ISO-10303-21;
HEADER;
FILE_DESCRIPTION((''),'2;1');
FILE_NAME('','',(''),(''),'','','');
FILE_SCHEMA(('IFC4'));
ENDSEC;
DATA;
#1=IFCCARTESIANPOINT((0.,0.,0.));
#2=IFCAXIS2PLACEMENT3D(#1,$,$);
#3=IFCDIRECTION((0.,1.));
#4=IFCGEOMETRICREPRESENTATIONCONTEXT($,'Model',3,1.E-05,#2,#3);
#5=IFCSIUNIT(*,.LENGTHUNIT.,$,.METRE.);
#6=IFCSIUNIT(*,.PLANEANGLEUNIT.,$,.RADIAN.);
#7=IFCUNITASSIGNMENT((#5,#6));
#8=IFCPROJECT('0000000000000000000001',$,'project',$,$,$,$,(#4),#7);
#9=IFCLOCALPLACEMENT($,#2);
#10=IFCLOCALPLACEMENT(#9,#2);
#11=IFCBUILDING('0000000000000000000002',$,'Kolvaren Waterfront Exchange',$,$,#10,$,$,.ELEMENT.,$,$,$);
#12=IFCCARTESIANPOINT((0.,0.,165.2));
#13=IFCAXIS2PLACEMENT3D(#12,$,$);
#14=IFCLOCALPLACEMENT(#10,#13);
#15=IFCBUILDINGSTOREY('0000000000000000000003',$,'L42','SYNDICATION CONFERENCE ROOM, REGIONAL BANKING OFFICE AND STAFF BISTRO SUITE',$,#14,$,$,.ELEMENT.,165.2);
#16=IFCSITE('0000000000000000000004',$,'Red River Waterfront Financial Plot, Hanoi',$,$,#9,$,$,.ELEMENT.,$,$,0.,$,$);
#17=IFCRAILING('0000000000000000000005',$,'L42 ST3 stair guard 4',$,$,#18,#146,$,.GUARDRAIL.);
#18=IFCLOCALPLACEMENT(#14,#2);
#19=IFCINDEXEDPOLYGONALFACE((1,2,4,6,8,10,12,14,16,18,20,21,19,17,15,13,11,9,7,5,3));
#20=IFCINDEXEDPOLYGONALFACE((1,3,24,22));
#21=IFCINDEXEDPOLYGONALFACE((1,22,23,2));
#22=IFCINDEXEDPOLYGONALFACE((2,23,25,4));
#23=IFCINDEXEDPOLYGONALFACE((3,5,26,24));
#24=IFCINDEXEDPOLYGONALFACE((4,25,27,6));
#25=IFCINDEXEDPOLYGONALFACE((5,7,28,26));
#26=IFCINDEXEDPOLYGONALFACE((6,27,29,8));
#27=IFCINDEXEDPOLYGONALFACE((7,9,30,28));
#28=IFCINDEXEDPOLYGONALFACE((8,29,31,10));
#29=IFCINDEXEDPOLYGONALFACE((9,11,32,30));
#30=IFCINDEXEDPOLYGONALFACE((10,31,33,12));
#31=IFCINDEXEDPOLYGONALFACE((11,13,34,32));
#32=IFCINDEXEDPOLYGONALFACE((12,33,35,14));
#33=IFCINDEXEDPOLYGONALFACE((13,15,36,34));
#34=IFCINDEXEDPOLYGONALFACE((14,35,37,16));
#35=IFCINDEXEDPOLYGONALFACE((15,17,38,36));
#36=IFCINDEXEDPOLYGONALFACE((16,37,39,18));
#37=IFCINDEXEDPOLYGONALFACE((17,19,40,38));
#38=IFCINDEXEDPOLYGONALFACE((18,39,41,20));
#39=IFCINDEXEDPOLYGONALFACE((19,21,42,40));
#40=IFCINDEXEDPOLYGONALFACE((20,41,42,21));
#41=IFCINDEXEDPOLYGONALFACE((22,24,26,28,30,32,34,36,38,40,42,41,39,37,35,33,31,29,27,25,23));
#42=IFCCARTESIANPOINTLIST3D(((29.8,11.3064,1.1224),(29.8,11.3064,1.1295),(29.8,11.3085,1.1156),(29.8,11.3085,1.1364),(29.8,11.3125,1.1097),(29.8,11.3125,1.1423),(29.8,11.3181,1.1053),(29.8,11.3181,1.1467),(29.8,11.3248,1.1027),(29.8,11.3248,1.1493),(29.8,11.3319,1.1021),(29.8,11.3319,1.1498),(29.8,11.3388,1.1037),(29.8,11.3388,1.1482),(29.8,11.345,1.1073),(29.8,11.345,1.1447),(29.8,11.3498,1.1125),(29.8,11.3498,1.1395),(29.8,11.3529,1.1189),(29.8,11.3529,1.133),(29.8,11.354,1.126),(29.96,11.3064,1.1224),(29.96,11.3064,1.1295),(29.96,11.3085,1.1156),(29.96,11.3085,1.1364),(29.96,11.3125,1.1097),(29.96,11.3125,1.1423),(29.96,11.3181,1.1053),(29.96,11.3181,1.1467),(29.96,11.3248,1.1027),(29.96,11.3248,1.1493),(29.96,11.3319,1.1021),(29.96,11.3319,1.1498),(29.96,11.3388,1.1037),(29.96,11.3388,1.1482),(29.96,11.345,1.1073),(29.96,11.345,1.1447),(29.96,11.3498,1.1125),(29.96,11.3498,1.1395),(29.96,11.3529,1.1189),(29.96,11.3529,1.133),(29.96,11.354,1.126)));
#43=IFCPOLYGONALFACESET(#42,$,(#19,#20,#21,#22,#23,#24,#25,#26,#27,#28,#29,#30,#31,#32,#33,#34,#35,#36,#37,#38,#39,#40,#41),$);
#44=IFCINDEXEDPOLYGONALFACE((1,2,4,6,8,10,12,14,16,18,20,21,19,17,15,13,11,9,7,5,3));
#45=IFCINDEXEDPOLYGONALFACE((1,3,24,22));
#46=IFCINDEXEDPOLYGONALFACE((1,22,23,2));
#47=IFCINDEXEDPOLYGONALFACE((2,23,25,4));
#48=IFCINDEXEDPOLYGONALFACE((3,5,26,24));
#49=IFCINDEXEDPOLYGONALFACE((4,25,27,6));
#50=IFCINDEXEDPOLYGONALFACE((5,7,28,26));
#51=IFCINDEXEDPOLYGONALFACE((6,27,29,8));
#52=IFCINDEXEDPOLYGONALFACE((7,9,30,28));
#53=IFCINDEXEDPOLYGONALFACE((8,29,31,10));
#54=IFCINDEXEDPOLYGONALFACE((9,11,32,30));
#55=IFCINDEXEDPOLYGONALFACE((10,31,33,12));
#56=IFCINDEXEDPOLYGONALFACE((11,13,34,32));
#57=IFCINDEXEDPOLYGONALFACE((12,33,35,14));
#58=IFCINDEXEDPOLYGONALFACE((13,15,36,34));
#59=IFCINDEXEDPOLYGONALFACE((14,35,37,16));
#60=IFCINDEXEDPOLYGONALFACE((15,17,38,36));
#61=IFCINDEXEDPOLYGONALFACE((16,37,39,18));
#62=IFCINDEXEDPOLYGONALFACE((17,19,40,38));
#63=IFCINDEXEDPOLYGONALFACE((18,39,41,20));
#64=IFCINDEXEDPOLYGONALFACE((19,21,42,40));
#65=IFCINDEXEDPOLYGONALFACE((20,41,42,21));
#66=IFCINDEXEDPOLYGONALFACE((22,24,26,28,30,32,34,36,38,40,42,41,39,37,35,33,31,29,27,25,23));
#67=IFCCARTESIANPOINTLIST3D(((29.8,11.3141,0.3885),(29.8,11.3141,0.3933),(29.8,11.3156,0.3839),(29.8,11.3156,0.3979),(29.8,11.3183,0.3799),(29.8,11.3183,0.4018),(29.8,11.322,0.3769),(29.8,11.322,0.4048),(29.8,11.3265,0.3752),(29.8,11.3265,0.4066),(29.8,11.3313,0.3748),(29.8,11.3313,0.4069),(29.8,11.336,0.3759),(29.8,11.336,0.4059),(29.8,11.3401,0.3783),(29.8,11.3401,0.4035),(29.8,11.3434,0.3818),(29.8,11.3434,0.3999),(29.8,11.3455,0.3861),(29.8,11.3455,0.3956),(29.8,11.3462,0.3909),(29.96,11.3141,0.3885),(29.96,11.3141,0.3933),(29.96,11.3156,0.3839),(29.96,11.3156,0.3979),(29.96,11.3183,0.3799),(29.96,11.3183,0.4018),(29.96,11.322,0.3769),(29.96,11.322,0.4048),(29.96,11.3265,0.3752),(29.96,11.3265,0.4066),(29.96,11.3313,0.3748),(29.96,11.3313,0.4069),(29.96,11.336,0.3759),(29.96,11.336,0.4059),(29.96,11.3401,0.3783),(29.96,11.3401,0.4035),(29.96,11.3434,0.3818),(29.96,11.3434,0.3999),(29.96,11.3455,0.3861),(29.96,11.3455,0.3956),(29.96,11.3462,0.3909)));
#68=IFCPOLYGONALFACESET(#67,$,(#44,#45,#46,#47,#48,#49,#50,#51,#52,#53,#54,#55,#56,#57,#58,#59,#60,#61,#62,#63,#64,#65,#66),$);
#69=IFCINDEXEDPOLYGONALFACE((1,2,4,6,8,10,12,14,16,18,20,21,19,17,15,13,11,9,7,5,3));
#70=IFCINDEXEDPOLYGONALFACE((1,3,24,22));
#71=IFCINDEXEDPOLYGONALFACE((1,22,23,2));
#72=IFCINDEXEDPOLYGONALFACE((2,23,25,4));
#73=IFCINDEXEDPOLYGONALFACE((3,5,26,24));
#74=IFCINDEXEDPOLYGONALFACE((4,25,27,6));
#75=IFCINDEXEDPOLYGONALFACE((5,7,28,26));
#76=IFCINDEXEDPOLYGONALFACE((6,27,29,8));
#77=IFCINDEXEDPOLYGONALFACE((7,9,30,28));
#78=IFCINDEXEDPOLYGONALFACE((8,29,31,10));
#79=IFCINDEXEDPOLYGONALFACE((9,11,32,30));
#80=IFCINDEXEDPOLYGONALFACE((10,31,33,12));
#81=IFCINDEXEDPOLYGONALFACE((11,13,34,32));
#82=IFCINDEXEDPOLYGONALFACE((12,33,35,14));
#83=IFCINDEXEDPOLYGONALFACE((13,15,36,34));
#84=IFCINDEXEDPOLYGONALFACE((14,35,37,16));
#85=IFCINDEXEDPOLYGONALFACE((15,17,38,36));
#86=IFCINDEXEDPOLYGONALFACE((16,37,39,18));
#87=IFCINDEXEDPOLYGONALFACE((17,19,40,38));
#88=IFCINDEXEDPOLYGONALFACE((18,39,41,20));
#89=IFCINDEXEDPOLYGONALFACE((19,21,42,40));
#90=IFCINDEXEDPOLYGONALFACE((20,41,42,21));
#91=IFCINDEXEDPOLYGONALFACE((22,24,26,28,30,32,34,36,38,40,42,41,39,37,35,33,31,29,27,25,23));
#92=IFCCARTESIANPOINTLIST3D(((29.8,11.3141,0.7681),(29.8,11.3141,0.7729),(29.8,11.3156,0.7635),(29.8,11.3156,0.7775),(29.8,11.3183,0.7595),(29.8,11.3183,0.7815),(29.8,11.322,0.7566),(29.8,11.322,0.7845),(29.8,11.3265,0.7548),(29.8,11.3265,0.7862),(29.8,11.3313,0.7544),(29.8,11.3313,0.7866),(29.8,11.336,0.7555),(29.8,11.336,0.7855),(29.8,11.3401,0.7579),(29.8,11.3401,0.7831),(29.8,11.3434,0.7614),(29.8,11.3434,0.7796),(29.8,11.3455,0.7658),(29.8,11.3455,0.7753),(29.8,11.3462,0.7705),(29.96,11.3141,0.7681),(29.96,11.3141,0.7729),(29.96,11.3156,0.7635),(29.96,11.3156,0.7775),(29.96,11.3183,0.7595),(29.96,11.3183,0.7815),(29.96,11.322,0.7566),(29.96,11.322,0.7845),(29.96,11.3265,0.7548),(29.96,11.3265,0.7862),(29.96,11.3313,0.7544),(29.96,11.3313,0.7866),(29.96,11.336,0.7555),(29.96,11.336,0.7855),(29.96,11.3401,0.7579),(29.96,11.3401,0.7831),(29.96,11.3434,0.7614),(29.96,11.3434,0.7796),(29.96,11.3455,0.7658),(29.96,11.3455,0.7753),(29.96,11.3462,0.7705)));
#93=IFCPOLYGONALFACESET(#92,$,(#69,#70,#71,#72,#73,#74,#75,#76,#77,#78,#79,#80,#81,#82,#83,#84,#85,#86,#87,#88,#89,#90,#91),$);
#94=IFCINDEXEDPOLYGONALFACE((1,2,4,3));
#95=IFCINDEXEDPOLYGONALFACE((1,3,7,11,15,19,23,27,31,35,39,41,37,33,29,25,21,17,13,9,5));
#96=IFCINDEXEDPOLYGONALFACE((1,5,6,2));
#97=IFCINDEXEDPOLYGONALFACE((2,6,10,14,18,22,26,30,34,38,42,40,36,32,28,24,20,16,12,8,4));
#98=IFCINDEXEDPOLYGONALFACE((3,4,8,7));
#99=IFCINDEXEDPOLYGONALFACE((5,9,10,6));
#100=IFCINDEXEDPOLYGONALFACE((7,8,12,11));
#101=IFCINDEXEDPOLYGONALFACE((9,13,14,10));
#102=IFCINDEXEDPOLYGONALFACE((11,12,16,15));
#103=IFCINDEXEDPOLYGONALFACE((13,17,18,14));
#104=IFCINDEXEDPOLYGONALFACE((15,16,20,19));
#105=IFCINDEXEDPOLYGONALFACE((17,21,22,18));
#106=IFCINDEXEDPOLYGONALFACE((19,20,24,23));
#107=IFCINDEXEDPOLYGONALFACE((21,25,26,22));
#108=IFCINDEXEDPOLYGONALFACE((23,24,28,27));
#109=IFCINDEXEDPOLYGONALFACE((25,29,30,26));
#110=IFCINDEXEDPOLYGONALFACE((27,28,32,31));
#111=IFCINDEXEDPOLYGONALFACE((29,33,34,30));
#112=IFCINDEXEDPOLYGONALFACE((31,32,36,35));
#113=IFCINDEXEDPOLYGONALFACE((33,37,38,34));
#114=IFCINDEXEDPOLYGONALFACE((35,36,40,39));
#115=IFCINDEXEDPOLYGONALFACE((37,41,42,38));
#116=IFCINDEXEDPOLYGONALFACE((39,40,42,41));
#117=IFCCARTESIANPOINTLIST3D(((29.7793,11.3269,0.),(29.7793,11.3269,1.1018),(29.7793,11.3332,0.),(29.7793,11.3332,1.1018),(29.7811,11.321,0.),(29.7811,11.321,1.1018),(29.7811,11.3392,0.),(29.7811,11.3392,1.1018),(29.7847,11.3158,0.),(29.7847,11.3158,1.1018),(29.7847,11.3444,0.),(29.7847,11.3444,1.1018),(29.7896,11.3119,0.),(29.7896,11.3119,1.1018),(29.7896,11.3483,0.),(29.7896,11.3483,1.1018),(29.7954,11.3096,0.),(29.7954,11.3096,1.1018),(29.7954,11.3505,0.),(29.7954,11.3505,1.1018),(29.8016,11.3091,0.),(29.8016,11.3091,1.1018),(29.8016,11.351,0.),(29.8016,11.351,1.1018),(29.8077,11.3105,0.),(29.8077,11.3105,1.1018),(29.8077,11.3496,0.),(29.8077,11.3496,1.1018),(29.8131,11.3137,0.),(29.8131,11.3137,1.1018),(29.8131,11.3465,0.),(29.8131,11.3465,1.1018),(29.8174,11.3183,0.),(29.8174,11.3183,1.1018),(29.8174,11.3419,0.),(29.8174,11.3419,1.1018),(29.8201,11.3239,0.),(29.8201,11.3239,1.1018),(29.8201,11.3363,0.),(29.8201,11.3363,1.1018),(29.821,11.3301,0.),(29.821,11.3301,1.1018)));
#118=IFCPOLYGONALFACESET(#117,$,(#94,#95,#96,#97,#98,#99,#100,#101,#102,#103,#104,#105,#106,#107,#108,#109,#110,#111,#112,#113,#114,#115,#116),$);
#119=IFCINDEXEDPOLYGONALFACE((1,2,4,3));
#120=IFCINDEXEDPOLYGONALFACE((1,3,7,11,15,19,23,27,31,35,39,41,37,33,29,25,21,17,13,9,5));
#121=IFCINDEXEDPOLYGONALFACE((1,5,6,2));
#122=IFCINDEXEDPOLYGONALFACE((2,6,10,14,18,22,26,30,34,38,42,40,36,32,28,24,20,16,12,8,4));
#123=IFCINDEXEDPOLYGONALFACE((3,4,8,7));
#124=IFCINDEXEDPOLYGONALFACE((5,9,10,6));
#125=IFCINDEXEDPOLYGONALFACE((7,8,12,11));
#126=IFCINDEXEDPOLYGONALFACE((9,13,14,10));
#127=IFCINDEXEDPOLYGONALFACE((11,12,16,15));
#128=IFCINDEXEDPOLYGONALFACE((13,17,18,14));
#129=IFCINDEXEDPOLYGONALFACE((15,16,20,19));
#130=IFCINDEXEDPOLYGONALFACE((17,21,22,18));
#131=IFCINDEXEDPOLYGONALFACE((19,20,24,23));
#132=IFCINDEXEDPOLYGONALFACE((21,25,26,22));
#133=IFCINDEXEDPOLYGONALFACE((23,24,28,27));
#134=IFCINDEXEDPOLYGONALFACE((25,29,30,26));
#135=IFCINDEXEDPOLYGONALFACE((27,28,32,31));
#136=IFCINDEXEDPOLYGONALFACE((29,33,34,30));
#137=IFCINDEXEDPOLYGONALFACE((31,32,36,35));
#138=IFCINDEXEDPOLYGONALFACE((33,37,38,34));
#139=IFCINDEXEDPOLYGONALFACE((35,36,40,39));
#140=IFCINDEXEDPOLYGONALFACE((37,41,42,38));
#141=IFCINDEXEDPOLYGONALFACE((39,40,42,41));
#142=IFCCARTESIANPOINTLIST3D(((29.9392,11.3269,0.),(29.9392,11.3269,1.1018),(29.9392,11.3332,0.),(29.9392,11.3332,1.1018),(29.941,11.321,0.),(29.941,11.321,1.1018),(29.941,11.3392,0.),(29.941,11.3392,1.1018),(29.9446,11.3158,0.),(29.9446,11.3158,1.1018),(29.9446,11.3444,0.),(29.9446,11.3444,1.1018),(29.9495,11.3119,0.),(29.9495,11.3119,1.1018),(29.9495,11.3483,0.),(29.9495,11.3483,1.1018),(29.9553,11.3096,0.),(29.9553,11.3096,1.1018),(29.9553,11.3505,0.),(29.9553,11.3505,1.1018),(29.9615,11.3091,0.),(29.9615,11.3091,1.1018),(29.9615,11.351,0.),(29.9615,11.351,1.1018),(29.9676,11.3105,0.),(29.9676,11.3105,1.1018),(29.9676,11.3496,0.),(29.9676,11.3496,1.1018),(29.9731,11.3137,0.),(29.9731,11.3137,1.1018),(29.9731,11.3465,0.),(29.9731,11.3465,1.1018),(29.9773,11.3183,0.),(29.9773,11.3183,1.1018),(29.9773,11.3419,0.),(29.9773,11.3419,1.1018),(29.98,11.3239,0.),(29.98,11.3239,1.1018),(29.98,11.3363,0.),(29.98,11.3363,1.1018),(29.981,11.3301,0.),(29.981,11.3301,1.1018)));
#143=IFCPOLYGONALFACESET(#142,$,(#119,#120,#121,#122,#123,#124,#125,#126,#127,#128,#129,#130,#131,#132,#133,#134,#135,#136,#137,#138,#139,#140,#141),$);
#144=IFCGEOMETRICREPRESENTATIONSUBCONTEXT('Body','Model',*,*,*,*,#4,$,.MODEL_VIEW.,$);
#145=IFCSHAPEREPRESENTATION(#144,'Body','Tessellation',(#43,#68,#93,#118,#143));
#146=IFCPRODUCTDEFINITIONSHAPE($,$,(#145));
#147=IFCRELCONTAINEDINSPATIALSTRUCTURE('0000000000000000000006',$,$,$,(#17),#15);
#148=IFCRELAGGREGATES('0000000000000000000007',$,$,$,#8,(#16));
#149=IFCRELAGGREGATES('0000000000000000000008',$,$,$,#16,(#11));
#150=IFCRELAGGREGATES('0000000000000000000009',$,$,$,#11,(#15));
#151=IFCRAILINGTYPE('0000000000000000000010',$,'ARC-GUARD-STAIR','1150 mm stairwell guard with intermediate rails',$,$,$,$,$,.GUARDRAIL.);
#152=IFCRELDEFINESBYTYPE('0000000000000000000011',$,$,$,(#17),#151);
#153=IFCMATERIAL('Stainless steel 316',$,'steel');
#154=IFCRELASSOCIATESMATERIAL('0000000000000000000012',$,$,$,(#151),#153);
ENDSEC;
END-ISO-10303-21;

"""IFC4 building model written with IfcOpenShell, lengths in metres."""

from ifc_helpers import new_model, si_unit, direction, frame, origin, origin_2d, place, context, subcontext, project, spatial, circle, extrude, material, type_object, element, save


model = new_model("IFC4")

# Units and contexts
model_context = context("Model", 3, precision=1e-05, world=origin(), true_north=direction((0.0, 1.0)))
body_context = subcontext(model_context, "Body", "Model", "MODEL_VIEW")
ifc_project = project(units=[si_unit("LENGTHUNIT", "METRE"), si_unit("PLANEANGLEUNIT", "RADIAN")], contexts=[model_context])

# Site, building, storey
site_placement = place(None, origin())
site = spatial("IfcSite", under=ifc_project, at=site_placement, Name="Red River Waterfront Financial Plot, Hanoi", CompositionType="ELEMENT", RefElevation=0.0)
building_placement = place(site_placement, origin())
building = spatial("IfcBuilding", under=site, at=building_placement, Name="Kolvaren Waterfront Exchange", CompositionType="ELEMENT")
storey_placement = place(building_placement, frame((0.0, 0.0, 165.2)))
storey = spatial("IfcBuildingStorey", under=building, at=storey_placement, Name="L42", Description="SYNDICATION CONFERENCE ROOM, REGIONAL BANKING OFFICE AND STAFF BISTRO SUITE", CompositionType="ELEMENT", Elevation=165.2)

# Railing
ifc_material_1 = material(Name="Stainless steel 316", Category="steel")
railing_type = type_object("IfcRailingType", Name="ARC-GUARD-STAIR", Description="1150 mm stairwell guard with intermediate rails", PredefinedType="GUARDRAIL", material=ifc_material_1)
railing_1_placement = place(storey_placement, frame((29.8, 11.3301, 0.0)))
element("IfcRailing", 1, at=railing_1_placement, inside=storey, type_object=railing_type, Name="L42 ST3 stair guard 4", PredefinedType="GUARDRAIL", context=body_context, shape_type="SweptSolid", body=[
    extrude(circle(Radius=0.0239, at=origin_2d()), frame((0.0, 0.0, 1.126), z_axis=(1.0, 0.0, 0.0), x_axis=(0.0, 1.0, 0.0)), (0.0, 0.0, 1.0), 0.1599),
    extrude(circle(Radius=0.0161, at=origin_2d()), frame((0.0, 0.0, 0.3909), z_axis=(1.0, 0.0, 0.0), x_axis=(0.0, 1.0, 0.0)), (0.0, 0.0, 1.0), 0.1599),
    extrude(circle(Radius=0.0161, at=origin_2d()), frame((0.0, 0.0, 0.7705), z_axis=(1.0, 0.0, 0.0), x_axis=(0.0, 1.0, 0.0)), (0.0, 0.0, 1.0), 0.1599),
    extrude(circle(Radius=0.021, at=origin_2d()), origin(), (0.0, 0.0, 1.0), 1.1018),
    extrude(circle(Radius=0.021, at=origin_2d()), frame((0.1599, 0.0, 0.0)), (0.0, 0.0, 1.0), 1.1018),
])

save(model, "model.ifc")
